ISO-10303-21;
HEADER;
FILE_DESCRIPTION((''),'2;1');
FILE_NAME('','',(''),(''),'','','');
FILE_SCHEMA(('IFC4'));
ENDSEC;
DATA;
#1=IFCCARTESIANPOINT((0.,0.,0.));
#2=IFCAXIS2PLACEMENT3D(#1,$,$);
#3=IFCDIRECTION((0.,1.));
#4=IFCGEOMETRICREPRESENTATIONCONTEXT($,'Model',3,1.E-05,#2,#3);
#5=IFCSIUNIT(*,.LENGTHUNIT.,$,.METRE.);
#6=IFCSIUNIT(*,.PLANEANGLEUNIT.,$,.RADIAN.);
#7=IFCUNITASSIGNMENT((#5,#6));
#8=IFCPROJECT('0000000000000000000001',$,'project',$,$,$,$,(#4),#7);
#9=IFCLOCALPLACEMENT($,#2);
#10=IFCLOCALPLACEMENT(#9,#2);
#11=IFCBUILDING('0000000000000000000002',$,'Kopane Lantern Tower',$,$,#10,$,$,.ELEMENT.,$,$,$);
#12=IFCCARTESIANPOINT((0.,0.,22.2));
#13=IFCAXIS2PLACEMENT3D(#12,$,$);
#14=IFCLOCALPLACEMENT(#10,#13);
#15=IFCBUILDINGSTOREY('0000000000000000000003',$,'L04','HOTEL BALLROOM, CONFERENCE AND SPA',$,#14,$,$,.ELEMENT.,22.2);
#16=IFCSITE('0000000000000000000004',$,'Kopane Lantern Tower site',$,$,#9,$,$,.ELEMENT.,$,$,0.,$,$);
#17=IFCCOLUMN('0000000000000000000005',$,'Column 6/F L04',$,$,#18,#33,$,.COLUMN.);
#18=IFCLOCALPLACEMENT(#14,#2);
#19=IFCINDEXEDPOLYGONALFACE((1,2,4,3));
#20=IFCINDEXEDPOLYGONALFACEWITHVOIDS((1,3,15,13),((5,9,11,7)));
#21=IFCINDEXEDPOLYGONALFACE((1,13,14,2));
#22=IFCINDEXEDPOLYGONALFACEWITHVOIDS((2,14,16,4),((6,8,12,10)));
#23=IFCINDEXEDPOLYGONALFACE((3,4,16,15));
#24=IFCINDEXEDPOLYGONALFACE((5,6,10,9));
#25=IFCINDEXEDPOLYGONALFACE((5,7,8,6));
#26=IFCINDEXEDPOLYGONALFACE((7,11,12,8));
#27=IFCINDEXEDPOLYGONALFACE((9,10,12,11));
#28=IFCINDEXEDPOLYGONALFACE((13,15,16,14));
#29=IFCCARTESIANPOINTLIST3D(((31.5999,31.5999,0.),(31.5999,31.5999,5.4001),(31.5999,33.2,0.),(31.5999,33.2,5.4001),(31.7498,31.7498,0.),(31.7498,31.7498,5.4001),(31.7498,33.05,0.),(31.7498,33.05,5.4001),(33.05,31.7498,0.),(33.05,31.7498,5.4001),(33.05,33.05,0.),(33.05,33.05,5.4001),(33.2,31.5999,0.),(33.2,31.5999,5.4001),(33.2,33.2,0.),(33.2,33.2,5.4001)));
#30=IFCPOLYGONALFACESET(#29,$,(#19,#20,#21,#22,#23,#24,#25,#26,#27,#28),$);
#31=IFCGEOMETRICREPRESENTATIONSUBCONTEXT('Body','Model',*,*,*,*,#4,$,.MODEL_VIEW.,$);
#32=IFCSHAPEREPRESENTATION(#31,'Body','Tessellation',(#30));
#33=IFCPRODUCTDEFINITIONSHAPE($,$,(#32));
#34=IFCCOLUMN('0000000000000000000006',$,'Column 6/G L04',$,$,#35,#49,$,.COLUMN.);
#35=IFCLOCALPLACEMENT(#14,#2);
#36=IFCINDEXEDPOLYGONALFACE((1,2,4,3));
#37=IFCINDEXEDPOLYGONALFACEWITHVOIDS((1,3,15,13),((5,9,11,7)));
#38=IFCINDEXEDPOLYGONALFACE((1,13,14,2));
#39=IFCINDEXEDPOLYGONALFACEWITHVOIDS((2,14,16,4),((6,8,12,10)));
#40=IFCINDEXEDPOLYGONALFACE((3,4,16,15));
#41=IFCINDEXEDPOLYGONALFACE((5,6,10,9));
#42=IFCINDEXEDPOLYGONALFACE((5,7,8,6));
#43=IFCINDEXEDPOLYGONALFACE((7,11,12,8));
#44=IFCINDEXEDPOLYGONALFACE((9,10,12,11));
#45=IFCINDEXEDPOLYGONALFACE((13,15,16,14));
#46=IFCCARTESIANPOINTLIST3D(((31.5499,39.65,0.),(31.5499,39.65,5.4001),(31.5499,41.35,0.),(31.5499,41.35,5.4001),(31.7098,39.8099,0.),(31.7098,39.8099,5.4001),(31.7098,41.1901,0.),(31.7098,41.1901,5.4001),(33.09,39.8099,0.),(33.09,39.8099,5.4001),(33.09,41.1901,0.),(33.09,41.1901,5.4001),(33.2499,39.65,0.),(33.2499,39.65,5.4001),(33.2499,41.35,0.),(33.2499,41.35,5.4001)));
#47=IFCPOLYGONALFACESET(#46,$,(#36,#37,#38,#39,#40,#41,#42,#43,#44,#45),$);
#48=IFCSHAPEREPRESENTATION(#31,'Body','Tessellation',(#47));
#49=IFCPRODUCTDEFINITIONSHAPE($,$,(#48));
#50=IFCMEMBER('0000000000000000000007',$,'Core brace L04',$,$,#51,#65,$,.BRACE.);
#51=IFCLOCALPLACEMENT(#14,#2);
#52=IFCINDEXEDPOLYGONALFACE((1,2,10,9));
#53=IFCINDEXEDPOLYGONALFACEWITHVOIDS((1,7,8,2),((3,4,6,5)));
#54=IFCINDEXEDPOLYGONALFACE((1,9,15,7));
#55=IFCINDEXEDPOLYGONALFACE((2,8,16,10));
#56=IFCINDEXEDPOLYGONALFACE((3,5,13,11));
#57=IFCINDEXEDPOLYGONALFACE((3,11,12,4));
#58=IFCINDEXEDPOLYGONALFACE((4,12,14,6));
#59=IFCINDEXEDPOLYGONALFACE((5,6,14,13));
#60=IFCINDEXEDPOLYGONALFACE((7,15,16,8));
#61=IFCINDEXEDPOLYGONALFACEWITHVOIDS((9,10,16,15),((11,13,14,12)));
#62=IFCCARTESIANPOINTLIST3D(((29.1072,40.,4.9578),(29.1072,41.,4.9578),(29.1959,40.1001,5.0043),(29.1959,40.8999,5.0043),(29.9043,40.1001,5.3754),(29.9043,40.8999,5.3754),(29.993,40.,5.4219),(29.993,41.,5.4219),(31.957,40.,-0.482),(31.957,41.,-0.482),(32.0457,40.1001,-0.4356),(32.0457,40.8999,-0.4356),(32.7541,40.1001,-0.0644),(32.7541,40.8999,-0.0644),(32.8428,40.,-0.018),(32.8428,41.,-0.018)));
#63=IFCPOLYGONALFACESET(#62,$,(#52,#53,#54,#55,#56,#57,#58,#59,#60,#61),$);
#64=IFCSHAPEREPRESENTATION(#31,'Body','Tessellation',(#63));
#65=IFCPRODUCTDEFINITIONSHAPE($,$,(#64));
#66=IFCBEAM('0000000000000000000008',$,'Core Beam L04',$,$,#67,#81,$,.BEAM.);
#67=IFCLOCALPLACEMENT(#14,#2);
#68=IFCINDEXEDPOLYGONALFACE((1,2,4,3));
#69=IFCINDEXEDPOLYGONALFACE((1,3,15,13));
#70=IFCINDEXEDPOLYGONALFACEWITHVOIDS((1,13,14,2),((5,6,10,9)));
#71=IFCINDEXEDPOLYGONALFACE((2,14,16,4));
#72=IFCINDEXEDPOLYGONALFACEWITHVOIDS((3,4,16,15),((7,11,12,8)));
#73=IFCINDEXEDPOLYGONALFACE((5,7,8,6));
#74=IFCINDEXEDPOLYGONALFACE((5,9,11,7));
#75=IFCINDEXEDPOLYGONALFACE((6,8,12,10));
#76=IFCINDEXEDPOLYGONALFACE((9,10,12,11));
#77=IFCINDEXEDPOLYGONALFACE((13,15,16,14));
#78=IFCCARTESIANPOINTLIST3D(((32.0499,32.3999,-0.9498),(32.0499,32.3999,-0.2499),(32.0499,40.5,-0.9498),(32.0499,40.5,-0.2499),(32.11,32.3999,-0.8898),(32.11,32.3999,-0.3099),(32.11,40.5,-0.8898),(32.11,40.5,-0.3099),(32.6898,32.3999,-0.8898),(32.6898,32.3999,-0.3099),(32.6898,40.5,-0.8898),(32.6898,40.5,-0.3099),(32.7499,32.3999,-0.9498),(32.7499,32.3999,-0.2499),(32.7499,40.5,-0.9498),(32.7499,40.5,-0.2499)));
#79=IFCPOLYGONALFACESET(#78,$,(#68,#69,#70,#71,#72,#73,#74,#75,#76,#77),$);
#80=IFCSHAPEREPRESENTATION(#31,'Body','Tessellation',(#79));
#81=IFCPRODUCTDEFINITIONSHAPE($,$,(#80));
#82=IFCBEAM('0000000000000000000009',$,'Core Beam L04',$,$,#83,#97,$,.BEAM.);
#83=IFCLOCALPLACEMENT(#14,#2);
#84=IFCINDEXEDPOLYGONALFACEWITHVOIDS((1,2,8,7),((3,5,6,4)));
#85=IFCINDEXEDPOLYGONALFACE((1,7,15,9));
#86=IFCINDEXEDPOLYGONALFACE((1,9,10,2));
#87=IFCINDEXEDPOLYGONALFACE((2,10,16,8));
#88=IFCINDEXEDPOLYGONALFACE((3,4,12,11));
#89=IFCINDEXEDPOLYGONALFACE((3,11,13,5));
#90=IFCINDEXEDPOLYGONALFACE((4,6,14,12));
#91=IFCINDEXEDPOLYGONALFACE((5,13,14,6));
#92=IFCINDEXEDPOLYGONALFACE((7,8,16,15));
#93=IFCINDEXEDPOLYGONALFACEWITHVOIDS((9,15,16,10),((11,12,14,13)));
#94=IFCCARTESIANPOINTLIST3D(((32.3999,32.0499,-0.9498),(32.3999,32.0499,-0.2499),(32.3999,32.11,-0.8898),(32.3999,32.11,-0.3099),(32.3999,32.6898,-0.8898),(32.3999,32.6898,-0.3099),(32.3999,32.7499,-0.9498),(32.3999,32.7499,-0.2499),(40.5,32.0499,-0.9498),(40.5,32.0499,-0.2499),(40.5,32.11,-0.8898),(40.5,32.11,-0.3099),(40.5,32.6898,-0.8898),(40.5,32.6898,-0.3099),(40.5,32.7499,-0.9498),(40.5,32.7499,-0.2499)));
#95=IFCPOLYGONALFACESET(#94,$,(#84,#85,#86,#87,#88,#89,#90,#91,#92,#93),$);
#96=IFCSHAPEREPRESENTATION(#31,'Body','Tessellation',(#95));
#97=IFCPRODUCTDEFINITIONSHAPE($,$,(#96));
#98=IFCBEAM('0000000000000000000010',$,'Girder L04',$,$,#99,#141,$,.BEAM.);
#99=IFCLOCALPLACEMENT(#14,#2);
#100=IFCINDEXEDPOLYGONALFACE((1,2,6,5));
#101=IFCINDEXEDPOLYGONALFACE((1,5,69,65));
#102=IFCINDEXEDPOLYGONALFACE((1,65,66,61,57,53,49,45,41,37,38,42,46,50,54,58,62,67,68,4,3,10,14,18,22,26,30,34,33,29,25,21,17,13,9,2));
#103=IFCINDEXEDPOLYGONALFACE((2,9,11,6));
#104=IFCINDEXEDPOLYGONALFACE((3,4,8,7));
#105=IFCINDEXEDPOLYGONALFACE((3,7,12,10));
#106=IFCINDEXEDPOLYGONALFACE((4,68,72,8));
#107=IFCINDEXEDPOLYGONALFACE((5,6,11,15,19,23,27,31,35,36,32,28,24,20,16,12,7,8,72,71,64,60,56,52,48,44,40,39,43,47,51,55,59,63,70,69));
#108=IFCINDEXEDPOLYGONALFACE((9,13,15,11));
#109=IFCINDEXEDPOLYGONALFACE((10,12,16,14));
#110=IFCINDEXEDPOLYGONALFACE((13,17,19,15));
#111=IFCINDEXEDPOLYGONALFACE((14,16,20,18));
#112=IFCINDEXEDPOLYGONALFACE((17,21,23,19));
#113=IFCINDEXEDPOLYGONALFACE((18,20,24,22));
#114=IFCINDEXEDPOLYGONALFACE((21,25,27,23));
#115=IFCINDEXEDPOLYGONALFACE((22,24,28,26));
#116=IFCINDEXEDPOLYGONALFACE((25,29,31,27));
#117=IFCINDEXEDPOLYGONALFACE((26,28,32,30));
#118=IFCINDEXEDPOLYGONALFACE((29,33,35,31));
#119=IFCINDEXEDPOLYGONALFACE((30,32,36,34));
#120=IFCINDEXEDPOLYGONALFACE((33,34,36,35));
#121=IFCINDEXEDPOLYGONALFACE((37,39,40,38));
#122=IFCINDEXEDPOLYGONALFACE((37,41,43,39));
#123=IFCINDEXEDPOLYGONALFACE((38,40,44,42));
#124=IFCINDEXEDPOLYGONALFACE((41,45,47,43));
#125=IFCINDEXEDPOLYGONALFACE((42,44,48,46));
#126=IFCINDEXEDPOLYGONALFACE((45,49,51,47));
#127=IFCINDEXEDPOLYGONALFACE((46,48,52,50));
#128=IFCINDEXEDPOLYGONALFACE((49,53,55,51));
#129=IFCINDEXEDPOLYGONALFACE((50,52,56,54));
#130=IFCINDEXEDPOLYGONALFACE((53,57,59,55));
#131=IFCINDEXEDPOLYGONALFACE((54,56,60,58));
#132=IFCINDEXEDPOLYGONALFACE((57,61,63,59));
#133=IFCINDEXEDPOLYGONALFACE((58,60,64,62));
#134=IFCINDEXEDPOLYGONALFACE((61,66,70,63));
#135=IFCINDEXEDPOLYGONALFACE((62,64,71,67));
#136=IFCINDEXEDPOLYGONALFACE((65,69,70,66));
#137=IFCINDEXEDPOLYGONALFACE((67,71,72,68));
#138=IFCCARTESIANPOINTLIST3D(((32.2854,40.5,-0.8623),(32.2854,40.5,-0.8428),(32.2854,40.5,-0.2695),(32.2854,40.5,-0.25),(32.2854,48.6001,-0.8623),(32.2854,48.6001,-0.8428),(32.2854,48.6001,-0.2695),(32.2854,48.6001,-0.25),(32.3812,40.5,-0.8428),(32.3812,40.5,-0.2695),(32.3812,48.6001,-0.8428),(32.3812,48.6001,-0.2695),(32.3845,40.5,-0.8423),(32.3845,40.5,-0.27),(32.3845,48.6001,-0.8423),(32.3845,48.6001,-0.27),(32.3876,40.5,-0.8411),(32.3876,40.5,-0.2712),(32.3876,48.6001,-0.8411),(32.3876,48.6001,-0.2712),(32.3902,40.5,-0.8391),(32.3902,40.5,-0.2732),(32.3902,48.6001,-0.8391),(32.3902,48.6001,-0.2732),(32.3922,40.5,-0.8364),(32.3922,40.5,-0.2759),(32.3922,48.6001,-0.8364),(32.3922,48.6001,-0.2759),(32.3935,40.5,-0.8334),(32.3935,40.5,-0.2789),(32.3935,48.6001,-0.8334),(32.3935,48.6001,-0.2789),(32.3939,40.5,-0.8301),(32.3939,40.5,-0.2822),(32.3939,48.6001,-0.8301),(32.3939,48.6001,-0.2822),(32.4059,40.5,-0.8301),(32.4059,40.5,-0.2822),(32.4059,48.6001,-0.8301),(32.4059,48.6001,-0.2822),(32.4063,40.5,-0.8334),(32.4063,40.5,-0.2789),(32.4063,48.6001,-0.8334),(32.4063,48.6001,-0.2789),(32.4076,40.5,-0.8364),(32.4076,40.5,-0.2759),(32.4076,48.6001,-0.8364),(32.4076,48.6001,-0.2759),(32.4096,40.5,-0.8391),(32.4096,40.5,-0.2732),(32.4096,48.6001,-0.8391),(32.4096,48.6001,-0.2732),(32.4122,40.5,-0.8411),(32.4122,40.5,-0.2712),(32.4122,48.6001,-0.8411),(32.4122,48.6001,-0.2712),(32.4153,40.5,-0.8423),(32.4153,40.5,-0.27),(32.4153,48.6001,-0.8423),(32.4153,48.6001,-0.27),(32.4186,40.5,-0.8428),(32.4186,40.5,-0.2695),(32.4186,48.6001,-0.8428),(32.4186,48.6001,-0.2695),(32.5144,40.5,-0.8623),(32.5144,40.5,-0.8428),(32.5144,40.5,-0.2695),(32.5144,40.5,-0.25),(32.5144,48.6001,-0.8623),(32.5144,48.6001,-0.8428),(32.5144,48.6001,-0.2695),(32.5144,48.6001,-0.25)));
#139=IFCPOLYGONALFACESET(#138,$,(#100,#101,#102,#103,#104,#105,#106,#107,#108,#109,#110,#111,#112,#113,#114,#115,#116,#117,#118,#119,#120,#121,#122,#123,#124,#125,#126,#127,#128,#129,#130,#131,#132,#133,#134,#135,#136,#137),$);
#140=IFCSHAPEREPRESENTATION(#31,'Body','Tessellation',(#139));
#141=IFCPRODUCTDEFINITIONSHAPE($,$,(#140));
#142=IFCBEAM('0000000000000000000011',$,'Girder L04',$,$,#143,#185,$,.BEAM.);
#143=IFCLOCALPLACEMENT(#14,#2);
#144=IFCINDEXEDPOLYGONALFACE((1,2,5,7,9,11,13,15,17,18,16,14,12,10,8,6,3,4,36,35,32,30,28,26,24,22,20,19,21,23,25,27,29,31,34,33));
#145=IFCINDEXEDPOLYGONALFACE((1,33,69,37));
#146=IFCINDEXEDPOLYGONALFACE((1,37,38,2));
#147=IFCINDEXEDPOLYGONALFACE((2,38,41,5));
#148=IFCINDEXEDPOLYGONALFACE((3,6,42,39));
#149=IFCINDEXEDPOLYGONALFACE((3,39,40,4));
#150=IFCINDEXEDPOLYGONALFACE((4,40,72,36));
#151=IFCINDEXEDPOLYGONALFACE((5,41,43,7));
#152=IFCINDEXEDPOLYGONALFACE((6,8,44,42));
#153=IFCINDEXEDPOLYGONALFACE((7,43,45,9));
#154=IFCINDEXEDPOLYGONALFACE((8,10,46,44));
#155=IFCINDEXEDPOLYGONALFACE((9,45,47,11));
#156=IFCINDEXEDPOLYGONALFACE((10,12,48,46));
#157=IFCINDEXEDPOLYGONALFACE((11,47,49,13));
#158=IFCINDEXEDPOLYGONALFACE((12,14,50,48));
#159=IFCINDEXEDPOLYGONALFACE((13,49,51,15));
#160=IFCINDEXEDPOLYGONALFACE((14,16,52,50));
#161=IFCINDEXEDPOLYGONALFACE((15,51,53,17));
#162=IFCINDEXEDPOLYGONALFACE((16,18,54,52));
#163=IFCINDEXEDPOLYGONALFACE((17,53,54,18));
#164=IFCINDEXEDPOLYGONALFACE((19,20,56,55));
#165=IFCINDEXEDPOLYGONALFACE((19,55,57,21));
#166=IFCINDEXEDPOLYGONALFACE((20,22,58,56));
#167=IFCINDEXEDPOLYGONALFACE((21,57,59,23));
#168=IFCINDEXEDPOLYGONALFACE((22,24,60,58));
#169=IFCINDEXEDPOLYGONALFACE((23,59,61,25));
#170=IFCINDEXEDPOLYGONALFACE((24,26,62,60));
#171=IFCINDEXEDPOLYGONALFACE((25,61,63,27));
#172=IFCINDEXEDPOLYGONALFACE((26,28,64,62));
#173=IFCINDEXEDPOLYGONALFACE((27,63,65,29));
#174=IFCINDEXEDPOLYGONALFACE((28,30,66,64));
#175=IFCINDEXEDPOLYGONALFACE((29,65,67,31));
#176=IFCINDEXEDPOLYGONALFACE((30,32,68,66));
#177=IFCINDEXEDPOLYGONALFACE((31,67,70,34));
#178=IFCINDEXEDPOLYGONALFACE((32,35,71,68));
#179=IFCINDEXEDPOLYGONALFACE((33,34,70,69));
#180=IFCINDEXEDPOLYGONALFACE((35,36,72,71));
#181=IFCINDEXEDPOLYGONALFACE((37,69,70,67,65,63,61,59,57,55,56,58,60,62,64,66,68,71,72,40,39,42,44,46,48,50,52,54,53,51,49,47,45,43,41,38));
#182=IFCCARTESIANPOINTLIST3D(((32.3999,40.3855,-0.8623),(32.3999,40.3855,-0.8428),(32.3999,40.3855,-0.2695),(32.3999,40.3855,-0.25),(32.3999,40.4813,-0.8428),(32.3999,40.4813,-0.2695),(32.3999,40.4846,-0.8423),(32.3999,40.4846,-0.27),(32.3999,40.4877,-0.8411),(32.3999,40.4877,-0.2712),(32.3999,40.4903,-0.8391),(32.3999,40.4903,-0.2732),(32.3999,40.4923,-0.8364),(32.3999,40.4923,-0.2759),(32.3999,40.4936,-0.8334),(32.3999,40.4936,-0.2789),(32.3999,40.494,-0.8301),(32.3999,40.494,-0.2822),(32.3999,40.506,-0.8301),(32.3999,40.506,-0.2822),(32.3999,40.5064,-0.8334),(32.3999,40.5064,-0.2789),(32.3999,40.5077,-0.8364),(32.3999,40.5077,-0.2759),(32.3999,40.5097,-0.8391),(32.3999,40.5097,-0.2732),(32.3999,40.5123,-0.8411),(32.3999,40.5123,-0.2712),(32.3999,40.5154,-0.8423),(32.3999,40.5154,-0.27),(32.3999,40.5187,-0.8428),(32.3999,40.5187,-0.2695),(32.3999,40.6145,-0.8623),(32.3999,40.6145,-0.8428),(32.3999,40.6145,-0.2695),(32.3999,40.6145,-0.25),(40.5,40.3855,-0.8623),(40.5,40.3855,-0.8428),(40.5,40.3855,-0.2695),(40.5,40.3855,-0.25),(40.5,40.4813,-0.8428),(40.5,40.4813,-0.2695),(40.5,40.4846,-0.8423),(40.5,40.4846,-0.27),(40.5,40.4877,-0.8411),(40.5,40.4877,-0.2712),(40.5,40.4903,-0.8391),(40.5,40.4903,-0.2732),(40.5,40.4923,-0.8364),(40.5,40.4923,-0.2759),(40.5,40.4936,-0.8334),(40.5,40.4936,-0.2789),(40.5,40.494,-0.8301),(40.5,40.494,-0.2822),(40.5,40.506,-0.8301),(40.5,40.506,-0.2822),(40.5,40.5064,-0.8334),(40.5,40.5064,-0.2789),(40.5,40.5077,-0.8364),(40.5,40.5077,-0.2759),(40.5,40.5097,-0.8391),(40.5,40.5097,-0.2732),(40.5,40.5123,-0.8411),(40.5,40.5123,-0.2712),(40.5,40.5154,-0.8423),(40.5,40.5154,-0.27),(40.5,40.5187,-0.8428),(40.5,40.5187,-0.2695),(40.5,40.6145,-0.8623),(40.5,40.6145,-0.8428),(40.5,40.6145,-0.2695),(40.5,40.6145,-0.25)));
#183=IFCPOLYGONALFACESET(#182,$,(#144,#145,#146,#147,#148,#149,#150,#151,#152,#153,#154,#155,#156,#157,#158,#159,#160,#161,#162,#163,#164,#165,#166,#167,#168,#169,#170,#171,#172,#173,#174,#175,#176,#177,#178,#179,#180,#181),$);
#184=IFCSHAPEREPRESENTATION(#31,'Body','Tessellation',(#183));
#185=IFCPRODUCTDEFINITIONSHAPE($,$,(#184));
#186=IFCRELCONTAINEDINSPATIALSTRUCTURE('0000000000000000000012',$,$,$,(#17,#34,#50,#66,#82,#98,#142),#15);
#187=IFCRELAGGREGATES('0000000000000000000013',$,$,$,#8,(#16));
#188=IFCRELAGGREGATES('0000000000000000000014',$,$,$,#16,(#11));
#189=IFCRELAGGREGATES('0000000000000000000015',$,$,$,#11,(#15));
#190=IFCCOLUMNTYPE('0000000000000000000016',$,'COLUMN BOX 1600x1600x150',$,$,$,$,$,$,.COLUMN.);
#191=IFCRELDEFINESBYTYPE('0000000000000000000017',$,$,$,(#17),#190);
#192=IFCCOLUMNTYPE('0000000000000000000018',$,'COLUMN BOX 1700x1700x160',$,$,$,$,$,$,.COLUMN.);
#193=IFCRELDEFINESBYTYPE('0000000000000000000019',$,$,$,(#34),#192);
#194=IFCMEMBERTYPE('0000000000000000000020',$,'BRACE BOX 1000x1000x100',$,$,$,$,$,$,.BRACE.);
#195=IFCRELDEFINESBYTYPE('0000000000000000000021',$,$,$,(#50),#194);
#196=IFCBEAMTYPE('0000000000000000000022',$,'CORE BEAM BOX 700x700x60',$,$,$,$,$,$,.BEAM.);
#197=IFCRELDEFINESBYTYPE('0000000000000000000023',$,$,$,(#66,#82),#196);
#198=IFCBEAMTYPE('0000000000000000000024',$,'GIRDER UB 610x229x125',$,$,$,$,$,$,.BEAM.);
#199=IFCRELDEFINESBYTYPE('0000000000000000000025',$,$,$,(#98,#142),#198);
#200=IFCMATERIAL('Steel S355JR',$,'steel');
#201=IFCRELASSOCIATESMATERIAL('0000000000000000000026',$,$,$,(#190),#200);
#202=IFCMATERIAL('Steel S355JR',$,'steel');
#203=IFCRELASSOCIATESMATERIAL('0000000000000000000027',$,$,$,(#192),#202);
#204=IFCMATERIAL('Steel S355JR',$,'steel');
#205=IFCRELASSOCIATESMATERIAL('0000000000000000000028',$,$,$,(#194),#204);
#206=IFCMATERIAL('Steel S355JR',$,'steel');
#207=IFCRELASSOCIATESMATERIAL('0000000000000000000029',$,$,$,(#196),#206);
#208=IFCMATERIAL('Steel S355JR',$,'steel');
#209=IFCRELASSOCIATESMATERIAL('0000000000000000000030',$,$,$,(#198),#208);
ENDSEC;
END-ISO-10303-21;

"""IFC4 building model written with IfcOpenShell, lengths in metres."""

from ifc_helpers import new_model, si_unit, direction, frame, origin, origin_2d, place, context, subcontext, project, spatial, hollow_rectangle, i_section, extrude, material, material_profile, profile_set, type_object, element, save


model = new_model("IFC4")

# Units and contexts
model_context = context("Model", 3, precision=1e-05, world=origin(), true_north=direction((0.0, 1.0)))
body_context = subcontext(model_context, "Body", "Model", "MODEL_VIEW")
ifc_project = project(units=[si_unit("LENGTHUNIT", "METRE"), si_unit("PLANEANGLEUNIT", "RADIAN")], contexts=[model_context])

# Site, building, storey
site_placement = place(None, origin())
site = spatial("IfcSite", under=ifc_project, at=site_placement, Name="Kopane Lantern Tower site", CompositionType="ELEMENT", RefElevation=0.0)
building_placement = place(site_placement, origin())
building = spatial("IfcBuilding", under=site, at=building_placement, Name="Kopane Lantern Tower", CompositionType="ELEMENT")
storey_placement = place(building_placement, frame((0.0, 0.0, 22.2)))
storey = spatial("IfcBuildingStorey", under=building, at=storey_placement, Name="L04", Description="HOTEL BALLROOM, CONFERENCE AND SPA", CompositionType="ELEMENT", Elevation=22.2)

# Columns
ifc_material_1 = material(Name="Steel S355JR", Category="steel")
ifc_material_profile_1 = material_profile(ifc_material_1, hollow_rectangle(XDim=1.6001, YDim=1.6001, WallThickness=0.1499, at=origin_2d()), Name="BOX 1600x1600x150")
ifc_profile_set_1 = profile_set([ifc_material_profile_1], Name="Steel S355JR")
column_type_1 = type_object("IfcColumnType", Name="COLUMN BOX 1600x1600x150", PredefinedType="COLUMN", material=ifc_profile_set_1)
column_1_placement = place(storey_placement, frame((32.3999, 32.3999, 0.0), z_axis=(0.0, 0.0, 1.0), x_axis=(1.0, 0.0, 0.0)))
element("IfcColumn", 1, at=column_1_placement, inside=storey, type_object=column_type_1, Name="Column 6/F L04", PredefinedType="COLUMN", context=body_context, shape_type="SweptSolid", body=[
    extrude(hollow_rectangle(XDim=1.6001, YDim=1.6001, WallThickness=0.1499, at=origin_2d()), origin(), (0.0, 0.0, 1.0), 5.4001),
])
ifc_material_2 = material(Name="Steel S355JR", Category="steel")
ifc_material_profile_2 = material_profile(ifc_material_2, hollow_rectangle(XDim=1.7, YDim=1.7, WallThickness=0.1599, at=origin_2d()), Name="BOX 1700x1700x160")
ifc_profile_set_2 = profile_set([ifc_material_profile_2], Name="Steel S355JR")
column_type_2 = type_object("IfcColumnType", Name="COLUMN BOX 1700x1700x160", PredefinedType="COLUMN", material=ifc_profile_set_2)
column_2_placement = place(storey_placement, frame((32.3999, 40.5, 0.0), z_axis=(0.0, 0.0, 1.0), x_axis=(1.0, 0.0, 0.0)))
element("IfcColumn", 2, at=column_2_placement, inside=storey, type_object=column_type_2, Name="Column 6/G L04", PredefinedType="COLUMN", context=body_context, shape_type="SweptSolid", body=[
    extrude(hollow_rectangle(XDim=1.7, YDim=1.7, WallThickness=0.1599, at=origin_2d()), origin(), (0.0, 0.0, 1.0), 5.4001),
])

# Member
ifc_material_3 = material(Name="Steel S355JR", Category="steel")
ifc_material_profile_3 = material_profile(ifc_material_3, hollow_rectangle(XDim=1.0, YDim=1.0, WallThickness=0.1001, at=origin_2d()), Name="BOX 1000x1000x100")
ifc_profile_set_3 = profile_set([ifc_material_profile_3], Name="Steel S355JR")
member_type = type_object("IfcMemberType", Name="BRACE BOX 1000x1000x100", PredefinedType="BRACE", material=ifc_profile_set_3)
member_placement = place(storey_placement, frame((32.3999, 40.5, -0.25), z_axis=(-0.464053, 0.0, 0.885807), x_axis=(0.0, -1.0, 0.0)))
element("IfcMember", 3, at=member_placement, inside=storey, type_object=member_type, Name="Core brace L04", PredefinedType="BRACE", context=body_context, shape_type="SweptSolid", body=[
    extrude(hollow_rectangle(XDim=1.0, YDim=1.0, WallThickness=0.1001, at=origin_2d()), origin(), (0.0, 0.0, 1.0), 6.1411),
])

# Beams
ifc_material_4 = material(Name="Steel S355JR", Category="steel")
ifc_material_profile_4 = material_profile(ifc_material_4, hollow_rectangle(XDim=0.7, YDim=0.7, WallThickness=0.0601, at=origin_2d()), Name="BOX 700x700x60")
ifc_profile_set_4 = profile_set([ifc_material_profile_4], Name="Steel S355JR")
beam_type_1 = type_object("IfcBeamType", Name="CORE BEAM BOX 700x700x60", PredefinedType="BEAM", material=ifc_profile_set_4)
for number, where, z_axis, x_axis, name in (
    (4, (32.3999, 32.3999, -0.5999), (0.0, 1.0, 0.0), (-1.0, 0.0, 0.0), "Core Beam L04"),
    (5, (32.3999, 32.3999, -0.5999), (1.0, 0.0, 0.0), (0.0, 1.0, 0.0), "Core Beam L04"),
):
    element("IfcBeam", number, at=place(storey_placement, frame(where, z_axis=z_axis, x_axis=x_axis)), inside=storey, type_object=beam_type_1, Name=name, PredefinedType="BEAM", context=body_context, shape_type="SweptSolid", body=[
        extrude(hollow_rectangle(XDim=0.7, YDim=0.7, WallThickness=0.0601, at=origin_2d()), origin(), (0.0, 0.0, 1.0), 8.1001),
    ])
ifc_material_5 = material(Name="Steel S355JR", Category="steel")
ifc_material_profile_5 = material_profile(ifc_material_5, i_section(OverallWidth=0.229, OverallDepth=0.6123, WebThickness=0.012, FlangeThickness=0.0195, FilletRadius=0.0127, at=origin_2d()), Name="UB 610x229x125")
ifc_profile_set_5 = profile_set([ifc_material_profile_5], Name="Steel S355JR")
beam_type_2 = type_object("IfcBeamType", Name="GIRDER UB 610x229x125", PredefinedType="BEAM", material=ifc_profile_set_5)
for number, where, z_axis, x_axis, name in (
    (6, (32.3999, 40.5, -0.5562), (0.0, 1.0, 0.0), (-1.0, 0.0, 0.0), "Girder L04"),
    (7, (32.3999, 40.5, -0.5562), (1.0, 0.0, 0.0), (0.0, 1.0, 0.0), "Girder L04"),
):
    element("IfcBeam", number, at=place(storey_placement, frame(where, z_axis=z_axis, x_axis=x_axis)), inside=storey, type_object=beam_type_2, Name=name, PredefinedType="BEAM", context=body_context, shape_type="SweptSolid", body=[
        extrude(i_section(OverallWidth=0.229, OverallDepth=0.6123, WebThickness=0.012, FlangeThickness=0.0195, FilletRadius=0.0127, at=origin_2d()), origin(), (0.0, 0.0, 1.0), 8.1001),
    ])

save(model, "model.ifc")
